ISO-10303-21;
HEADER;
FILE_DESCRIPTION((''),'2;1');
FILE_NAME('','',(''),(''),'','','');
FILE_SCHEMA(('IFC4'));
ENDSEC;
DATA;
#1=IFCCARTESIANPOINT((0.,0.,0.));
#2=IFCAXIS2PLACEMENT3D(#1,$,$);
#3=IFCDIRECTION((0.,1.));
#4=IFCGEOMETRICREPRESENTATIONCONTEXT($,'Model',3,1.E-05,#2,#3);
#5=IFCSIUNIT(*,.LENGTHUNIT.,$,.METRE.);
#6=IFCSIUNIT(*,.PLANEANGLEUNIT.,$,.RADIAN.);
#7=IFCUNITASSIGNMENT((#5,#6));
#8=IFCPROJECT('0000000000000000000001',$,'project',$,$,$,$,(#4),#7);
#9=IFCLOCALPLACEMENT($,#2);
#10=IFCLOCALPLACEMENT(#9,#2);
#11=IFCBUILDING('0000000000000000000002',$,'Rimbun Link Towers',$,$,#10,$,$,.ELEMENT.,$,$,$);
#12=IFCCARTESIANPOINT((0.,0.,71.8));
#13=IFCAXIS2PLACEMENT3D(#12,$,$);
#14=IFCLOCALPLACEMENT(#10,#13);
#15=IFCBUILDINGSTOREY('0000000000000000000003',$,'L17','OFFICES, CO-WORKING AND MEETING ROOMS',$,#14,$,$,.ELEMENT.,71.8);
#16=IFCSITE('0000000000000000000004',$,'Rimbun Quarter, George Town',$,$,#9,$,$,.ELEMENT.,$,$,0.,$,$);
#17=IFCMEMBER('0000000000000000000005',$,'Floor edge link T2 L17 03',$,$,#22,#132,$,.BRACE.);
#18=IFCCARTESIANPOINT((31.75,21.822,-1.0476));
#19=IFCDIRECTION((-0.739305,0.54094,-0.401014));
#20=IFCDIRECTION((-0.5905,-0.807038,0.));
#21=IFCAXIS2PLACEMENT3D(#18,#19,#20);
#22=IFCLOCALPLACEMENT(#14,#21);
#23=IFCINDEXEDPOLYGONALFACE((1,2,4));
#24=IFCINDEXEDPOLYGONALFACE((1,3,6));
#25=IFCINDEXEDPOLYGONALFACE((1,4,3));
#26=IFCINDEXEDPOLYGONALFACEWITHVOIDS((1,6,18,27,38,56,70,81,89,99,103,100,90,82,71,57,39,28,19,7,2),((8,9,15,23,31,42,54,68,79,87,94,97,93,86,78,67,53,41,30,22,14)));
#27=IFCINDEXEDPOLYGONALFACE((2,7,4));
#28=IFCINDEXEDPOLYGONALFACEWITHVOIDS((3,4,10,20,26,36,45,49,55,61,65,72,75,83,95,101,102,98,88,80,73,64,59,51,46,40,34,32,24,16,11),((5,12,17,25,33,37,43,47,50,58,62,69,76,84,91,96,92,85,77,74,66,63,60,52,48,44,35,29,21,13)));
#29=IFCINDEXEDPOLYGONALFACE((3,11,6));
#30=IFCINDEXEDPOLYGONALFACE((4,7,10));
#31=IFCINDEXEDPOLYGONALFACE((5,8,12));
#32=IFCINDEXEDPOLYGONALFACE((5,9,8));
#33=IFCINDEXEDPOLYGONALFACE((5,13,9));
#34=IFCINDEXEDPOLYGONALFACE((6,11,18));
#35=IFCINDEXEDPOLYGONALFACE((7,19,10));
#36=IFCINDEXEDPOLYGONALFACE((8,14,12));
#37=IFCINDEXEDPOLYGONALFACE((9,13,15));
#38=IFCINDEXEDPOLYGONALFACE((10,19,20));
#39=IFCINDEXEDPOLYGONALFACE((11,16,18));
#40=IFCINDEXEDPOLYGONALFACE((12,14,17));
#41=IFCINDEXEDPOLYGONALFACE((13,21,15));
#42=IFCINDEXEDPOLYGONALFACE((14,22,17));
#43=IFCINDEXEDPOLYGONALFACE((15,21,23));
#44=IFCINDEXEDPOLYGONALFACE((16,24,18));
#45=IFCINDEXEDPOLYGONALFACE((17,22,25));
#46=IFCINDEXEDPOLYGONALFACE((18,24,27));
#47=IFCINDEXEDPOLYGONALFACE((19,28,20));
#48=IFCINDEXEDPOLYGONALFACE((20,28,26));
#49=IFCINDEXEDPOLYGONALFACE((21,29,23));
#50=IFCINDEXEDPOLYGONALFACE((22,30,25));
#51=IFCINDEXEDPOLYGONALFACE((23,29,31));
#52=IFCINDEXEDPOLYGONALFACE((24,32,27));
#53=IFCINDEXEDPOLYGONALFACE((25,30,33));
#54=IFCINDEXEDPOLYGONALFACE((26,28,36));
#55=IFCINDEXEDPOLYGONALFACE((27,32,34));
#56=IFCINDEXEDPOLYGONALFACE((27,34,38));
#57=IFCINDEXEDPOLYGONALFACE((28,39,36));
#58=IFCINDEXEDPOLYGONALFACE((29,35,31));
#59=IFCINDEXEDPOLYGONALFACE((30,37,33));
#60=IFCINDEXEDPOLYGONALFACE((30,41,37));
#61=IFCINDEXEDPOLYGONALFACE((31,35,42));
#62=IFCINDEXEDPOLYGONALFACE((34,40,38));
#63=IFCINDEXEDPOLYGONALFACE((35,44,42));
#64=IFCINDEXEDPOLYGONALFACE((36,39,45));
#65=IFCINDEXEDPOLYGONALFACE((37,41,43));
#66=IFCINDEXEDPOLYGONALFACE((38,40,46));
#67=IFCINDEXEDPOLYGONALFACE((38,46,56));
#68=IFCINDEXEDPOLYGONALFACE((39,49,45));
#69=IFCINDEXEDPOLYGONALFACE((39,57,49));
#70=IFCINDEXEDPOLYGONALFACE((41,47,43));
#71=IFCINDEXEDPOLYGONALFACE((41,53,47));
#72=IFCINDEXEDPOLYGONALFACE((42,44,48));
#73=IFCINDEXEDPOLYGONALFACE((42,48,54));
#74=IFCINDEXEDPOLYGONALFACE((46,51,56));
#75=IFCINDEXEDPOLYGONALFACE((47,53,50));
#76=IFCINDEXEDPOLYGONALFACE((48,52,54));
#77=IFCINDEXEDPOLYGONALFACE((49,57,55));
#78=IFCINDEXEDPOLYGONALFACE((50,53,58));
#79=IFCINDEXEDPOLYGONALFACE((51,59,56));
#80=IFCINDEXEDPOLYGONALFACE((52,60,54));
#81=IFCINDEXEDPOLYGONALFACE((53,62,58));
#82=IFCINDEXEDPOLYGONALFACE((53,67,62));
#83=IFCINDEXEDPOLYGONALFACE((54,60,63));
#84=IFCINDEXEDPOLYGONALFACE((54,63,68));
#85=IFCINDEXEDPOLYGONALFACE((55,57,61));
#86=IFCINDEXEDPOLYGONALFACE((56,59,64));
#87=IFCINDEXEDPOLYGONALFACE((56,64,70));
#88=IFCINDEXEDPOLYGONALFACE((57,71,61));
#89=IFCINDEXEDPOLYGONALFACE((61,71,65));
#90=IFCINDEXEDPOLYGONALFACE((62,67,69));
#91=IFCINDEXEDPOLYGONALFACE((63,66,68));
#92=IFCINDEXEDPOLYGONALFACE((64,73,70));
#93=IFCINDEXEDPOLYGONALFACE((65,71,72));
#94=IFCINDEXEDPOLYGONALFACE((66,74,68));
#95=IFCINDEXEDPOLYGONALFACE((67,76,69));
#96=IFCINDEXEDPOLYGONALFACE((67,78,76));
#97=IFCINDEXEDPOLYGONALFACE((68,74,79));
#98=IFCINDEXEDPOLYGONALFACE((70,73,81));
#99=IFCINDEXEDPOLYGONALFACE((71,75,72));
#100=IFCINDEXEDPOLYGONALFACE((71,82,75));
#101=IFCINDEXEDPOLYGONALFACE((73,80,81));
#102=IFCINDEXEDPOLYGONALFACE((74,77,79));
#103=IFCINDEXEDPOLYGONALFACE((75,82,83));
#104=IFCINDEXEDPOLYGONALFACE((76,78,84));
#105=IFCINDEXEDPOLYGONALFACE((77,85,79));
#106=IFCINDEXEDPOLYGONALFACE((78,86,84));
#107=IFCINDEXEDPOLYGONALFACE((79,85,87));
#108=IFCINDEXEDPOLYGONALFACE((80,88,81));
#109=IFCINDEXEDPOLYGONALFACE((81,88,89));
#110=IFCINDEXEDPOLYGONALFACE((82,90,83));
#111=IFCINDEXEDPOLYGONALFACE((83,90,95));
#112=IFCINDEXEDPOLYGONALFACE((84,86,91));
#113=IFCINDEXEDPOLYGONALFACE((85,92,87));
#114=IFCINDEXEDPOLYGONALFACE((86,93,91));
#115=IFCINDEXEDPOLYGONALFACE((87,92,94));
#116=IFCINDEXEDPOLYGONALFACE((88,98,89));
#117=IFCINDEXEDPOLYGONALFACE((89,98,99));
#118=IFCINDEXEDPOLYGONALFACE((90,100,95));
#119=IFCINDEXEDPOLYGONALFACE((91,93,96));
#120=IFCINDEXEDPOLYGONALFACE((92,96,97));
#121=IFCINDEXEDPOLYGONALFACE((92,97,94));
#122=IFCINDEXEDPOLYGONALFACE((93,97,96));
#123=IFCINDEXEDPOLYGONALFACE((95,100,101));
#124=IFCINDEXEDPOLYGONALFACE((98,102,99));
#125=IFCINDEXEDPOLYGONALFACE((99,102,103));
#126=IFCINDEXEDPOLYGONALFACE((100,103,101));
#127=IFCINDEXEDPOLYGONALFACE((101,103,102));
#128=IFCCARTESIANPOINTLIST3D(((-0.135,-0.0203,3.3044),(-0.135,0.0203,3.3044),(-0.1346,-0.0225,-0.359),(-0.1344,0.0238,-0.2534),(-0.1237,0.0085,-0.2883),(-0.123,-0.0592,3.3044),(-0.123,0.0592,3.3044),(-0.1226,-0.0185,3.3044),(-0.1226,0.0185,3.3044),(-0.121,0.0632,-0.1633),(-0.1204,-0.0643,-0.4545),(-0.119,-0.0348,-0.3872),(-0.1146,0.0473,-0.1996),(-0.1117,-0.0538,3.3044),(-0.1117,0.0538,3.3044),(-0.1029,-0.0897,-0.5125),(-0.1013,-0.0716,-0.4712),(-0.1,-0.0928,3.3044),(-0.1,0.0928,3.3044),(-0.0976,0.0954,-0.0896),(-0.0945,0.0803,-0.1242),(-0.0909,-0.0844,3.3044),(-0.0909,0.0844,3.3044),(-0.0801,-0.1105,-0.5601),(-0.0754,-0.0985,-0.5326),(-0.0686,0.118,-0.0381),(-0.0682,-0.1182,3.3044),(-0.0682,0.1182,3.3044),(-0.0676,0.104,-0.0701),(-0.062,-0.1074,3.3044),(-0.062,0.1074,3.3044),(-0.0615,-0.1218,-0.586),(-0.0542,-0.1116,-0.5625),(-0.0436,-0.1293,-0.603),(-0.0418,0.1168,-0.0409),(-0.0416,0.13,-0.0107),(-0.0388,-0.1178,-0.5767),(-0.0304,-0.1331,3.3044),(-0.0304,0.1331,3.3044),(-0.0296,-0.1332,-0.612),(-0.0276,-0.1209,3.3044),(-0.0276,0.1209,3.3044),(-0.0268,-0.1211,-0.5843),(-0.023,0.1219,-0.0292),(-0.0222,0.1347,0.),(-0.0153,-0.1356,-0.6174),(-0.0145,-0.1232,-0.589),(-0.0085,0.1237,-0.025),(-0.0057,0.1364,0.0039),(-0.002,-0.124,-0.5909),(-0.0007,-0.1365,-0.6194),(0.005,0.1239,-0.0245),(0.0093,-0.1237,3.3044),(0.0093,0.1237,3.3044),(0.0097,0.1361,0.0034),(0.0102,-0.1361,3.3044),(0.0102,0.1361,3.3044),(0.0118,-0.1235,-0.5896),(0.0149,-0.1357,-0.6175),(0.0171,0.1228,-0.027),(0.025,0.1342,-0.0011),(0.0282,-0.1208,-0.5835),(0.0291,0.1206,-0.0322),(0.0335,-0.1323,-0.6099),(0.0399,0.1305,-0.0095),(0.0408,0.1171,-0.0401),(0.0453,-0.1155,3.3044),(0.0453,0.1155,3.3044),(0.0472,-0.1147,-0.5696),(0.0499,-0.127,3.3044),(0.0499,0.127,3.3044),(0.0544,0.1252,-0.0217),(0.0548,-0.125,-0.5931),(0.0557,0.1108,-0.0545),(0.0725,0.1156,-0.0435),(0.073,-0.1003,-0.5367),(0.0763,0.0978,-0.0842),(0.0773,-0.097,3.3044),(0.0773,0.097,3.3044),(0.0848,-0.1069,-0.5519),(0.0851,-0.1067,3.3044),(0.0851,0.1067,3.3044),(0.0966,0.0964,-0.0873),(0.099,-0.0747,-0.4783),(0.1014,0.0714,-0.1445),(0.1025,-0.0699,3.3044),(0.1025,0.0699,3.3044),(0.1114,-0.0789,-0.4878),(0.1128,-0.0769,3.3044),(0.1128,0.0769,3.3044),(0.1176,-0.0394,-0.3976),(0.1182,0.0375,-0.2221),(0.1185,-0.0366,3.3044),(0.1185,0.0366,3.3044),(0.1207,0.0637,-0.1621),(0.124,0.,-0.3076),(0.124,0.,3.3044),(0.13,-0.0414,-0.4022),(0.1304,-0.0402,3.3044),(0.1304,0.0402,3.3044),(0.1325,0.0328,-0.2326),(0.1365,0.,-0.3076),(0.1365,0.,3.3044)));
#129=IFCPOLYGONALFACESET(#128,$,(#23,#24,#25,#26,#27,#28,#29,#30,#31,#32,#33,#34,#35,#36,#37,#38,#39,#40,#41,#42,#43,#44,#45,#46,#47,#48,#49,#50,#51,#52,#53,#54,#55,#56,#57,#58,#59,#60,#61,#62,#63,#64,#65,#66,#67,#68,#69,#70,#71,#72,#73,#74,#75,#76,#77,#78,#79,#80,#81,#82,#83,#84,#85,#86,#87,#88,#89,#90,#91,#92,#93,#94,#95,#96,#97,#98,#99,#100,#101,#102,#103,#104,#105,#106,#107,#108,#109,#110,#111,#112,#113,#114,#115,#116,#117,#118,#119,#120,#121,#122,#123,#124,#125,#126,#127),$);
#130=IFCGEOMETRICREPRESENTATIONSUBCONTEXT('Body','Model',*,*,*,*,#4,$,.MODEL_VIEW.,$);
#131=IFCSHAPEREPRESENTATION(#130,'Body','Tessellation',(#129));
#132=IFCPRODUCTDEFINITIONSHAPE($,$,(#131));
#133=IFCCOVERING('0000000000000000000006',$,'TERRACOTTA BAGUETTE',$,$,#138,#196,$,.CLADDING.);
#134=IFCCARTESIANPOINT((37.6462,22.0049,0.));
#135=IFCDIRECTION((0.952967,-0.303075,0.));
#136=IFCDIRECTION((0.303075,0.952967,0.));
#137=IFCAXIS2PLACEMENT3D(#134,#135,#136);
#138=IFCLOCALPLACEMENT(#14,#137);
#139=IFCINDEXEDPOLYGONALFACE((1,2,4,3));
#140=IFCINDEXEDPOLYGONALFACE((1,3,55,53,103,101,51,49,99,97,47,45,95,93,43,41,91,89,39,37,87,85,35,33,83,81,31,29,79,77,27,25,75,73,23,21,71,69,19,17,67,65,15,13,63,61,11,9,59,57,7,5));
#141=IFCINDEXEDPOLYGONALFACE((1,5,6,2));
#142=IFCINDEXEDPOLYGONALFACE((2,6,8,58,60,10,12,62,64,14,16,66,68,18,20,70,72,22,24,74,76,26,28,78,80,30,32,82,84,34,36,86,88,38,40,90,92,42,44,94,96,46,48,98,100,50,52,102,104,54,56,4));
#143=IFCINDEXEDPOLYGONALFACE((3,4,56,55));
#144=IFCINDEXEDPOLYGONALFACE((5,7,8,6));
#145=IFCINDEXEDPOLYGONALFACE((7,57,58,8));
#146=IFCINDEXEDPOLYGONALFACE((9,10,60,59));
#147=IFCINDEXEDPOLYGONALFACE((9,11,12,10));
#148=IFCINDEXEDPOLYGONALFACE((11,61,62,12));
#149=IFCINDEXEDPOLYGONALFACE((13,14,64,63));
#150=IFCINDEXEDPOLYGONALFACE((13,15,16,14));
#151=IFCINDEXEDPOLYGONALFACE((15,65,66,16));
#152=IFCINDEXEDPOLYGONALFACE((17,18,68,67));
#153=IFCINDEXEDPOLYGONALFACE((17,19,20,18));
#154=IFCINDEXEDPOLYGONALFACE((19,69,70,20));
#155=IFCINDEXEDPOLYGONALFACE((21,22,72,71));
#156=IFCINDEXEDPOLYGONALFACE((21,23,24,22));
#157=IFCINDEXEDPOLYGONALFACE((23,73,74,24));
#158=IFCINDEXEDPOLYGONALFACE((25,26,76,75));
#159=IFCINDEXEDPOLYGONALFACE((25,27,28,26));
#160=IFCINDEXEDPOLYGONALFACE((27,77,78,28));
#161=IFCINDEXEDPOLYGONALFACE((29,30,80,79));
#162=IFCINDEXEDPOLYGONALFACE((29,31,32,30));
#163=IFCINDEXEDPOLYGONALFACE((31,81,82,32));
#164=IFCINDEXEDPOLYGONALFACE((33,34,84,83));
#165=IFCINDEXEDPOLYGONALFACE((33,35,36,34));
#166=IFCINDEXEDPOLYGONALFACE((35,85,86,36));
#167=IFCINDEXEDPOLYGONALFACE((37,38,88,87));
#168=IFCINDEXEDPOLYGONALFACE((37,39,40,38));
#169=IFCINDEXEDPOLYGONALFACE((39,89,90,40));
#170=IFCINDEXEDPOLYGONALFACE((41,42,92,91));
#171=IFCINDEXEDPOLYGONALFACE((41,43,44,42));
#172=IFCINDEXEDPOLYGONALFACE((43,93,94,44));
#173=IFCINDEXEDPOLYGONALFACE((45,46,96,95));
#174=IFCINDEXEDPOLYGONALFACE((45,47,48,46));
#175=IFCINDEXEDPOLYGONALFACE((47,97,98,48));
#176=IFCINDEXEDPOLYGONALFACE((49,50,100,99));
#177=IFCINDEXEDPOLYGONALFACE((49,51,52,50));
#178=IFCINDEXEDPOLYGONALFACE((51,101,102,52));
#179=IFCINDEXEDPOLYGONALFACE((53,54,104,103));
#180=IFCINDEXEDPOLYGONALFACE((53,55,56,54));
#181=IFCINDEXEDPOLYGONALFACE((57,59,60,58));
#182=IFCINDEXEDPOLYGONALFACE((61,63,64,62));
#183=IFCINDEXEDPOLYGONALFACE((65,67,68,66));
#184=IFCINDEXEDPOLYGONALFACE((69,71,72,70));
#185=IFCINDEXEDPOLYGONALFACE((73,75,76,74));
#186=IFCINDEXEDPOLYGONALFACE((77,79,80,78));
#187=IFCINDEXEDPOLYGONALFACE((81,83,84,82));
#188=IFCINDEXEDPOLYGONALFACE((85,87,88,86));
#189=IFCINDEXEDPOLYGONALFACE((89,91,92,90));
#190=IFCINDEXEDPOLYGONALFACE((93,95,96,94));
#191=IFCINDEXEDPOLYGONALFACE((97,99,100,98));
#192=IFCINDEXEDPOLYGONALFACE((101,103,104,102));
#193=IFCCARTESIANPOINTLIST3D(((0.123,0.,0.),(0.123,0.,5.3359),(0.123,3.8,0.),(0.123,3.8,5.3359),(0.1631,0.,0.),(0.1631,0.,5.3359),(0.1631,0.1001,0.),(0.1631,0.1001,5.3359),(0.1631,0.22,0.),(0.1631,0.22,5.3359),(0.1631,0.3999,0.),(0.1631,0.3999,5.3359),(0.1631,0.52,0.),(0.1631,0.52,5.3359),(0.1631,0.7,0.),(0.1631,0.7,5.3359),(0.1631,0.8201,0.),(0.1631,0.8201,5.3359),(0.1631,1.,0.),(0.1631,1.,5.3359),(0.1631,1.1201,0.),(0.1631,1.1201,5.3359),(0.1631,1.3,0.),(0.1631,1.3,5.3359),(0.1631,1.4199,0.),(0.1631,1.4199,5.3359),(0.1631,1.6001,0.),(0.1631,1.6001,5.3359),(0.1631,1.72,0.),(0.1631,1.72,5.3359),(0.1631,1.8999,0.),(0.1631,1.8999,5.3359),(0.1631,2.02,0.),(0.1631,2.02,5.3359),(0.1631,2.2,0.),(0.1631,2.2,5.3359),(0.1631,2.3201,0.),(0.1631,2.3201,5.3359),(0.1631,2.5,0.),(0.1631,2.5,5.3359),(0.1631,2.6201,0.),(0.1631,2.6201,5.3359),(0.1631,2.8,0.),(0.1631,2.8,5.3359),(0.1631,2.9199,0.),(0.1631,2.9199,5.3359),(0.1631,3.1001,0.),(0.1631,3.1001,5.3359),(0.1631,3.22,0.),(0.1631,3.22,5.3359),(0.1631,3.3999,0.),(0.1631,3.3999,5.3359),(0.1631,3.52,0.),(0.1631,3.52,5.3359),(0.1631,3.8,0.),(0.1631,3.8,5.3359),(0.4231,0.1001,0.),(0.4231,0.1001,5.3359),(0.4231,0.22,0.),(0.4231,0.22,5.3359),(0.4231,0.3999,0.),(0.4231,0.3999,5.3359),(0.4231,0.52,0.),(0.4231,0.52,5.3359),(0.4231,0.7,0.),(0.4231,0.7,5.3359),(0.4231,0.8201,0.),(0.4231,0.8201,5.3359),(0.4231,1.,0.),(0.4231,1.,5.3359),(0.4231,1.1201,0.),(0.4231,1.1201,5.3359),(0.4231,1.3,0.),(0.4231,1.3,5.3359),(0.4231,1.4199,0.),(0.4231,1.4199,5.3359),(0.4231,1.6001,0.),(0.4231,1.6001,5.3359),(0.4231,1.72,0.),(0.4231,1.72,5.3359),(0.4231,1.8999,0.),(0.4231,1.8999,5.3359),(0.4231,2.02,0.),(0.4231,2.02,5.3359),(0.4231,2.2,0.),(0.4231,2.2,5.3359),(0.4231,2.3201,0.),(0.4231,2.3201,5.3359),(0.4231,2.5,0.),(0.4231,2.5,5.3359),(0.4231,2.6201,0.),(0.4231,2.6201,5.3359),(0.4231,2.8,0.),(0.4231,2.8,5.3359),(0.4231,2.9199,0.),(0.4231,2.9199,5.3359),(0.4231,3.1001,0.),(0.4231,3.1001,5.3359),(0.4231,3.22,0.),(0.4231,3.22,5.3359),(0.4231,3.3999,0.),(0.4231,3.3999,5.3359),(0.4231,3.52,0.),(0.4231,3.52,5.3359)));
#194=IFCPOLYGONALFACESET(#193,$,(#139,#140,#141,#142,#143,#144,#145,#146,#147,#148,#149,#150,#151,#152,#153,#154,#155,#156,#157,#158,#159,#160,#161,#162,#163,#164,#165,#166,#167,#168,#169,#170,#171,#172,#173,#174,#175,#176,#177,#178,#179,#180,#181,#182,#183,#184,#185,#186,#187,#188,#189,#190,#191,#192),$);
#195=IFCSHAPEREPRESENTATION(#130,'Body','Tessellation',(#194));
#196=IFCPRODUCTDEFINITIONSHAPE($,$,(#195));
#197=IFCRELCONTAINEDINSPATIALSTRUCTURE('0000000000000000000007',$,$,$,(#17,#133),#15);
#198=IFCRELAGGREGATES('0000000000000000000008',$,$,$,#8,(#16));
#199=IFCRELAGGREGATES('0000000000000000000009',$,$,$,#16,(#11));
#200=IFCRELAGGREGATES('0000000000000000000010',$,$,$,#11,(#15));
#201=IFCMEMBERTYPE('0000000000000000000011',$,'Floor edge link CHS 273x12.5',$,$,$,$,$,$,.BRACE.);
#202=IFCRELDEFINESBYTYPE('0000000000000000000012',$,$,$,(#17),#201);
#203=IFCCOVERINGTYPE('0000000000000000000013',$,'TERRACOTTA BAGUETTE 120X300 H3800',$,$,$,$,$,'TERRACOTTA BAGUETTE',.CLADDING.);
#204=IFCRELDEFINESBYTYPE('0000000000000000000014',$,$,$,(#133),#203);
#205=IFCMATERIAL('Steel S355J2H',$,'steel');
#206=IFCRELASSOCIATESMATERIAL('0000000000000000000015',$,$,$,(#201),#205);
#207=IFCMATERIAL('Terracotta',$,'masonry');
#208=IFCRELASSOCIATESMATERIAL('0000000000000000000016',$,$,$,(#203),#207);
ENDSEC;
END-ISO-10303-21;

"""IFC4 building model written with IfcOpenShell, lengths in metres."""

from ifc_helpers import new_model, si_unit, direction, frame, origin, origin_2d, place, context, subcontext, project, spatial, polyline, hollow_circle, outline, extrude, clip, halfspace, material, material_profile, profile_set, type_object, element, save


model = new_model("IFC4")

# Units and contexts
model_context = context("Model", 3, precision=1e-05, world=origin(), true_north=direction((0.0, 1.0)))
body_context = subcontext(model_context, "Body", "Model", "MODEL_VIEW")
ifc_project = project(units=[si_unit("LENGTHUNIT", "METRE"), si_unit("PLANEANGLEUNIT", "RADIAN")], contexts=[model_context])

# Site, building, storey
site_placement = place(None, origin())
site = spatial("IfcSite", under=ifc_project, at=site_placement, Name="Rimbun Quarter, George Town", CompositionType="ELEMENT", RefElevation=0.0)
building_placement = place(site_placement, origin())
building = spatial("IfcBuilding", under=site, at=building_placement, Name="Rimbun Link Towers", CompositionType="ELEMENT")
storey_placement = place(building_placement, frame((0.0, 0.0, 71.8)))
storey = spatial("IfcBuildingStorey", under=building, at=storey_placement, Name="L17", Description="OFFICES, CO-WORKING AND MEETING ROOMS", CompositionType="ELEMENT", Elevation=71.8)

# Member
ifc_material_1 = material(Name="Steel S355J2H", Category="steel")
ifc_material_profile_1 = material_profile(ifc_material_1, hollow_circle(Radius=0.1365, WallThickness=0.0125, at=origin_2d()), Name="CHS 273x12.5")
ifc_profile_set_1 = profile_set([ifc_material_profile_1], Name="Steel S355J2H")
member_type_1 = type_object("IfcMemberType", Name="Floor edge link CHS 273x12.5", PredefinedType="BRACE", material=ifc_profile_set_1)
member_1_placement = place(storey_placement, frame((31.75, 21.822, -1.0476), z_axis=(-0.739305, 0.54094, -0.401014), x_axis=(-0.5905, -0.807038, 0.0)))
element("IfcMember", 1, at=member_1_placement, inside=storey, type_object=member_type_1, Name="Floor edge link T2 L17 03", PredefinedType="BRACE", context=body_context, shape_type="Clipping", body=[
    clip(extrude(hollow_circle(Radius=0.1365, WallThickness=0.0125, at=origin_2d()), frame((0.0, 0.0, -0.6487)), (0.0, 0.0, 1.0), 3.9531), halfspace(frame((0.0, 0.0, -0.3076), z_axis=(0.0, 0.916072, -0.401014)), False)),
])

# Covering
ifc_material_2 = material(Name="Terracotta", Category="masonry")
ifc_material_profile_2 = material_profile(ifc_material_2, outline(polyline([(0.123, 0.0), (0.1631, 0.0), (0.1631, 0.1001), (0.4231, 0.1001), (0.4231, 0.22), (0.1631, 0.22), (0.1631, 0.3999), (0.4231, 0.3999), (0.4231, 0.52), (0.1631, 0.52), (0.1631, 0.7), (0.4231, 0.7), (0.4231, 0.8201), (0.1631, 0.8201), (0.1631, 1.0), (0.4231, 1.0), (0.4231, 1.1201), (0.1631, 1.1201), (0.1631, 1.3), (0.4231, 1.3), (0.4231, 1.4199), (0.1631, 1.4199), (0.1631, 1.6001), (0.4231, 1.6001), (0.4231, 1.72), (0.1631, 1.72), (0.1631, 1.8999), (0.4231, 1.8999), (0.4231, 2.02), (0.1631, 2.02), (0.1631, 2.2), (0.4231, 2.2), (0.4231, 2.3201), (0.1631, 2.3201), (0.1631, 2.5), (0.4231, 2.5), (0.4231, 2.6201), (0.1631, 2.6201), (0.1631, 2.8), (0.4231, 2.8), (0.4231, 2.9199), (0.1631, 2.9199), (0.1631, 3.1001), (0.4231, 3.1001), (0.4231, 3.22), (0.1631, 3.22), (0.1631, 3.3999), (0.4231, 3.3999), (0.4231, 3.52), (0.1631, 3.52), (0.1631, 3.8), (0.123, 3.8), (0.123, 0.0)])), Name="BAGUETTE 120X300")
ifc_profile_set_2 = profile_set([ifc_material_profile_2], Name="Terracotta")
covering_type = type_object("IfcCoveringType", Name="TERRACOTTA BAGUETTE 120X300 H3800", ElementType="TERRACOTTA BAGUETTE", PredefinedType="CLADDING", material=ifc_profile_set_2)
covering_1_placement = place(storey_placement, frame((37.6462, 22.0049, 0.0), z_axis=(0.952967, -0.303075, 0.0), x_axis=(0.303075, 0.952967, 0.0)))
element("IfcCovering", 2, at=covering_1_placement, inside=storey, type_object=covering_type, Name="TERRACOTTA BAGUETTE", PredefinedType="CLADDING", context=body_context, shape_type="SweptSolid", body=[
    extrude(outline(polyline([(0.123, 0.0), (0.1631, 0.0), (0.1631, 0.1001), (0.4231, 0.1001), (0.4231, 0.22), (0.1631, 0.22), (0.1631, 0.3999), (0.4231, 0.3999), (0.4231, 0.52), (0.1631, 0.52), (0.1631, 0.7), (0.4231, 0.7), (0.4231, 0.8201), (0.1631, 0.8201), (0.1631, 1.0), (0.4231, 1.0), (0.4231, 1.1201), (0.1631, 1.1201), (0.1631, 1.3), (0.4231, 1.3), (0.4231, 1.4199), (0.1631, 1.4199), (0.1631, 1.6001), (0.4231, 1.6001), (0.4231, 1.72), (0.1631, 1.72), (0.1631, 1.8999), (0.4231, 1.8999), (0.4231, 2.02), (0.1631, 2.02), (0.1631, 2.2), (0.4231, 2.2), (0.4231, 2.3201), (0.1631, 2.3201), (0.1631, 2.5), (0.4231, 2.5), (0.4231, 2.6201), (0.1631, 2.6201), (0.1631, 2.8), (0.4231, 2.8), (0.4231, 2.9199), (0.1631, 2.9199), (0.1631, 3.1001), (0.4231, 3.1001), (0.4231, 3.22), (0.1631, 3.22), (0.1631, 3.3999), (0.4231, 3.3999), (0.4231, 3.52), (0.1631, 3.52), (0.1631, 3.8), (0.123, 3.8), (0.123, 0.0)])), origin(), (0.0, 0.0, 1.0), 5.3359),
])

save(model, "model.ifc")
